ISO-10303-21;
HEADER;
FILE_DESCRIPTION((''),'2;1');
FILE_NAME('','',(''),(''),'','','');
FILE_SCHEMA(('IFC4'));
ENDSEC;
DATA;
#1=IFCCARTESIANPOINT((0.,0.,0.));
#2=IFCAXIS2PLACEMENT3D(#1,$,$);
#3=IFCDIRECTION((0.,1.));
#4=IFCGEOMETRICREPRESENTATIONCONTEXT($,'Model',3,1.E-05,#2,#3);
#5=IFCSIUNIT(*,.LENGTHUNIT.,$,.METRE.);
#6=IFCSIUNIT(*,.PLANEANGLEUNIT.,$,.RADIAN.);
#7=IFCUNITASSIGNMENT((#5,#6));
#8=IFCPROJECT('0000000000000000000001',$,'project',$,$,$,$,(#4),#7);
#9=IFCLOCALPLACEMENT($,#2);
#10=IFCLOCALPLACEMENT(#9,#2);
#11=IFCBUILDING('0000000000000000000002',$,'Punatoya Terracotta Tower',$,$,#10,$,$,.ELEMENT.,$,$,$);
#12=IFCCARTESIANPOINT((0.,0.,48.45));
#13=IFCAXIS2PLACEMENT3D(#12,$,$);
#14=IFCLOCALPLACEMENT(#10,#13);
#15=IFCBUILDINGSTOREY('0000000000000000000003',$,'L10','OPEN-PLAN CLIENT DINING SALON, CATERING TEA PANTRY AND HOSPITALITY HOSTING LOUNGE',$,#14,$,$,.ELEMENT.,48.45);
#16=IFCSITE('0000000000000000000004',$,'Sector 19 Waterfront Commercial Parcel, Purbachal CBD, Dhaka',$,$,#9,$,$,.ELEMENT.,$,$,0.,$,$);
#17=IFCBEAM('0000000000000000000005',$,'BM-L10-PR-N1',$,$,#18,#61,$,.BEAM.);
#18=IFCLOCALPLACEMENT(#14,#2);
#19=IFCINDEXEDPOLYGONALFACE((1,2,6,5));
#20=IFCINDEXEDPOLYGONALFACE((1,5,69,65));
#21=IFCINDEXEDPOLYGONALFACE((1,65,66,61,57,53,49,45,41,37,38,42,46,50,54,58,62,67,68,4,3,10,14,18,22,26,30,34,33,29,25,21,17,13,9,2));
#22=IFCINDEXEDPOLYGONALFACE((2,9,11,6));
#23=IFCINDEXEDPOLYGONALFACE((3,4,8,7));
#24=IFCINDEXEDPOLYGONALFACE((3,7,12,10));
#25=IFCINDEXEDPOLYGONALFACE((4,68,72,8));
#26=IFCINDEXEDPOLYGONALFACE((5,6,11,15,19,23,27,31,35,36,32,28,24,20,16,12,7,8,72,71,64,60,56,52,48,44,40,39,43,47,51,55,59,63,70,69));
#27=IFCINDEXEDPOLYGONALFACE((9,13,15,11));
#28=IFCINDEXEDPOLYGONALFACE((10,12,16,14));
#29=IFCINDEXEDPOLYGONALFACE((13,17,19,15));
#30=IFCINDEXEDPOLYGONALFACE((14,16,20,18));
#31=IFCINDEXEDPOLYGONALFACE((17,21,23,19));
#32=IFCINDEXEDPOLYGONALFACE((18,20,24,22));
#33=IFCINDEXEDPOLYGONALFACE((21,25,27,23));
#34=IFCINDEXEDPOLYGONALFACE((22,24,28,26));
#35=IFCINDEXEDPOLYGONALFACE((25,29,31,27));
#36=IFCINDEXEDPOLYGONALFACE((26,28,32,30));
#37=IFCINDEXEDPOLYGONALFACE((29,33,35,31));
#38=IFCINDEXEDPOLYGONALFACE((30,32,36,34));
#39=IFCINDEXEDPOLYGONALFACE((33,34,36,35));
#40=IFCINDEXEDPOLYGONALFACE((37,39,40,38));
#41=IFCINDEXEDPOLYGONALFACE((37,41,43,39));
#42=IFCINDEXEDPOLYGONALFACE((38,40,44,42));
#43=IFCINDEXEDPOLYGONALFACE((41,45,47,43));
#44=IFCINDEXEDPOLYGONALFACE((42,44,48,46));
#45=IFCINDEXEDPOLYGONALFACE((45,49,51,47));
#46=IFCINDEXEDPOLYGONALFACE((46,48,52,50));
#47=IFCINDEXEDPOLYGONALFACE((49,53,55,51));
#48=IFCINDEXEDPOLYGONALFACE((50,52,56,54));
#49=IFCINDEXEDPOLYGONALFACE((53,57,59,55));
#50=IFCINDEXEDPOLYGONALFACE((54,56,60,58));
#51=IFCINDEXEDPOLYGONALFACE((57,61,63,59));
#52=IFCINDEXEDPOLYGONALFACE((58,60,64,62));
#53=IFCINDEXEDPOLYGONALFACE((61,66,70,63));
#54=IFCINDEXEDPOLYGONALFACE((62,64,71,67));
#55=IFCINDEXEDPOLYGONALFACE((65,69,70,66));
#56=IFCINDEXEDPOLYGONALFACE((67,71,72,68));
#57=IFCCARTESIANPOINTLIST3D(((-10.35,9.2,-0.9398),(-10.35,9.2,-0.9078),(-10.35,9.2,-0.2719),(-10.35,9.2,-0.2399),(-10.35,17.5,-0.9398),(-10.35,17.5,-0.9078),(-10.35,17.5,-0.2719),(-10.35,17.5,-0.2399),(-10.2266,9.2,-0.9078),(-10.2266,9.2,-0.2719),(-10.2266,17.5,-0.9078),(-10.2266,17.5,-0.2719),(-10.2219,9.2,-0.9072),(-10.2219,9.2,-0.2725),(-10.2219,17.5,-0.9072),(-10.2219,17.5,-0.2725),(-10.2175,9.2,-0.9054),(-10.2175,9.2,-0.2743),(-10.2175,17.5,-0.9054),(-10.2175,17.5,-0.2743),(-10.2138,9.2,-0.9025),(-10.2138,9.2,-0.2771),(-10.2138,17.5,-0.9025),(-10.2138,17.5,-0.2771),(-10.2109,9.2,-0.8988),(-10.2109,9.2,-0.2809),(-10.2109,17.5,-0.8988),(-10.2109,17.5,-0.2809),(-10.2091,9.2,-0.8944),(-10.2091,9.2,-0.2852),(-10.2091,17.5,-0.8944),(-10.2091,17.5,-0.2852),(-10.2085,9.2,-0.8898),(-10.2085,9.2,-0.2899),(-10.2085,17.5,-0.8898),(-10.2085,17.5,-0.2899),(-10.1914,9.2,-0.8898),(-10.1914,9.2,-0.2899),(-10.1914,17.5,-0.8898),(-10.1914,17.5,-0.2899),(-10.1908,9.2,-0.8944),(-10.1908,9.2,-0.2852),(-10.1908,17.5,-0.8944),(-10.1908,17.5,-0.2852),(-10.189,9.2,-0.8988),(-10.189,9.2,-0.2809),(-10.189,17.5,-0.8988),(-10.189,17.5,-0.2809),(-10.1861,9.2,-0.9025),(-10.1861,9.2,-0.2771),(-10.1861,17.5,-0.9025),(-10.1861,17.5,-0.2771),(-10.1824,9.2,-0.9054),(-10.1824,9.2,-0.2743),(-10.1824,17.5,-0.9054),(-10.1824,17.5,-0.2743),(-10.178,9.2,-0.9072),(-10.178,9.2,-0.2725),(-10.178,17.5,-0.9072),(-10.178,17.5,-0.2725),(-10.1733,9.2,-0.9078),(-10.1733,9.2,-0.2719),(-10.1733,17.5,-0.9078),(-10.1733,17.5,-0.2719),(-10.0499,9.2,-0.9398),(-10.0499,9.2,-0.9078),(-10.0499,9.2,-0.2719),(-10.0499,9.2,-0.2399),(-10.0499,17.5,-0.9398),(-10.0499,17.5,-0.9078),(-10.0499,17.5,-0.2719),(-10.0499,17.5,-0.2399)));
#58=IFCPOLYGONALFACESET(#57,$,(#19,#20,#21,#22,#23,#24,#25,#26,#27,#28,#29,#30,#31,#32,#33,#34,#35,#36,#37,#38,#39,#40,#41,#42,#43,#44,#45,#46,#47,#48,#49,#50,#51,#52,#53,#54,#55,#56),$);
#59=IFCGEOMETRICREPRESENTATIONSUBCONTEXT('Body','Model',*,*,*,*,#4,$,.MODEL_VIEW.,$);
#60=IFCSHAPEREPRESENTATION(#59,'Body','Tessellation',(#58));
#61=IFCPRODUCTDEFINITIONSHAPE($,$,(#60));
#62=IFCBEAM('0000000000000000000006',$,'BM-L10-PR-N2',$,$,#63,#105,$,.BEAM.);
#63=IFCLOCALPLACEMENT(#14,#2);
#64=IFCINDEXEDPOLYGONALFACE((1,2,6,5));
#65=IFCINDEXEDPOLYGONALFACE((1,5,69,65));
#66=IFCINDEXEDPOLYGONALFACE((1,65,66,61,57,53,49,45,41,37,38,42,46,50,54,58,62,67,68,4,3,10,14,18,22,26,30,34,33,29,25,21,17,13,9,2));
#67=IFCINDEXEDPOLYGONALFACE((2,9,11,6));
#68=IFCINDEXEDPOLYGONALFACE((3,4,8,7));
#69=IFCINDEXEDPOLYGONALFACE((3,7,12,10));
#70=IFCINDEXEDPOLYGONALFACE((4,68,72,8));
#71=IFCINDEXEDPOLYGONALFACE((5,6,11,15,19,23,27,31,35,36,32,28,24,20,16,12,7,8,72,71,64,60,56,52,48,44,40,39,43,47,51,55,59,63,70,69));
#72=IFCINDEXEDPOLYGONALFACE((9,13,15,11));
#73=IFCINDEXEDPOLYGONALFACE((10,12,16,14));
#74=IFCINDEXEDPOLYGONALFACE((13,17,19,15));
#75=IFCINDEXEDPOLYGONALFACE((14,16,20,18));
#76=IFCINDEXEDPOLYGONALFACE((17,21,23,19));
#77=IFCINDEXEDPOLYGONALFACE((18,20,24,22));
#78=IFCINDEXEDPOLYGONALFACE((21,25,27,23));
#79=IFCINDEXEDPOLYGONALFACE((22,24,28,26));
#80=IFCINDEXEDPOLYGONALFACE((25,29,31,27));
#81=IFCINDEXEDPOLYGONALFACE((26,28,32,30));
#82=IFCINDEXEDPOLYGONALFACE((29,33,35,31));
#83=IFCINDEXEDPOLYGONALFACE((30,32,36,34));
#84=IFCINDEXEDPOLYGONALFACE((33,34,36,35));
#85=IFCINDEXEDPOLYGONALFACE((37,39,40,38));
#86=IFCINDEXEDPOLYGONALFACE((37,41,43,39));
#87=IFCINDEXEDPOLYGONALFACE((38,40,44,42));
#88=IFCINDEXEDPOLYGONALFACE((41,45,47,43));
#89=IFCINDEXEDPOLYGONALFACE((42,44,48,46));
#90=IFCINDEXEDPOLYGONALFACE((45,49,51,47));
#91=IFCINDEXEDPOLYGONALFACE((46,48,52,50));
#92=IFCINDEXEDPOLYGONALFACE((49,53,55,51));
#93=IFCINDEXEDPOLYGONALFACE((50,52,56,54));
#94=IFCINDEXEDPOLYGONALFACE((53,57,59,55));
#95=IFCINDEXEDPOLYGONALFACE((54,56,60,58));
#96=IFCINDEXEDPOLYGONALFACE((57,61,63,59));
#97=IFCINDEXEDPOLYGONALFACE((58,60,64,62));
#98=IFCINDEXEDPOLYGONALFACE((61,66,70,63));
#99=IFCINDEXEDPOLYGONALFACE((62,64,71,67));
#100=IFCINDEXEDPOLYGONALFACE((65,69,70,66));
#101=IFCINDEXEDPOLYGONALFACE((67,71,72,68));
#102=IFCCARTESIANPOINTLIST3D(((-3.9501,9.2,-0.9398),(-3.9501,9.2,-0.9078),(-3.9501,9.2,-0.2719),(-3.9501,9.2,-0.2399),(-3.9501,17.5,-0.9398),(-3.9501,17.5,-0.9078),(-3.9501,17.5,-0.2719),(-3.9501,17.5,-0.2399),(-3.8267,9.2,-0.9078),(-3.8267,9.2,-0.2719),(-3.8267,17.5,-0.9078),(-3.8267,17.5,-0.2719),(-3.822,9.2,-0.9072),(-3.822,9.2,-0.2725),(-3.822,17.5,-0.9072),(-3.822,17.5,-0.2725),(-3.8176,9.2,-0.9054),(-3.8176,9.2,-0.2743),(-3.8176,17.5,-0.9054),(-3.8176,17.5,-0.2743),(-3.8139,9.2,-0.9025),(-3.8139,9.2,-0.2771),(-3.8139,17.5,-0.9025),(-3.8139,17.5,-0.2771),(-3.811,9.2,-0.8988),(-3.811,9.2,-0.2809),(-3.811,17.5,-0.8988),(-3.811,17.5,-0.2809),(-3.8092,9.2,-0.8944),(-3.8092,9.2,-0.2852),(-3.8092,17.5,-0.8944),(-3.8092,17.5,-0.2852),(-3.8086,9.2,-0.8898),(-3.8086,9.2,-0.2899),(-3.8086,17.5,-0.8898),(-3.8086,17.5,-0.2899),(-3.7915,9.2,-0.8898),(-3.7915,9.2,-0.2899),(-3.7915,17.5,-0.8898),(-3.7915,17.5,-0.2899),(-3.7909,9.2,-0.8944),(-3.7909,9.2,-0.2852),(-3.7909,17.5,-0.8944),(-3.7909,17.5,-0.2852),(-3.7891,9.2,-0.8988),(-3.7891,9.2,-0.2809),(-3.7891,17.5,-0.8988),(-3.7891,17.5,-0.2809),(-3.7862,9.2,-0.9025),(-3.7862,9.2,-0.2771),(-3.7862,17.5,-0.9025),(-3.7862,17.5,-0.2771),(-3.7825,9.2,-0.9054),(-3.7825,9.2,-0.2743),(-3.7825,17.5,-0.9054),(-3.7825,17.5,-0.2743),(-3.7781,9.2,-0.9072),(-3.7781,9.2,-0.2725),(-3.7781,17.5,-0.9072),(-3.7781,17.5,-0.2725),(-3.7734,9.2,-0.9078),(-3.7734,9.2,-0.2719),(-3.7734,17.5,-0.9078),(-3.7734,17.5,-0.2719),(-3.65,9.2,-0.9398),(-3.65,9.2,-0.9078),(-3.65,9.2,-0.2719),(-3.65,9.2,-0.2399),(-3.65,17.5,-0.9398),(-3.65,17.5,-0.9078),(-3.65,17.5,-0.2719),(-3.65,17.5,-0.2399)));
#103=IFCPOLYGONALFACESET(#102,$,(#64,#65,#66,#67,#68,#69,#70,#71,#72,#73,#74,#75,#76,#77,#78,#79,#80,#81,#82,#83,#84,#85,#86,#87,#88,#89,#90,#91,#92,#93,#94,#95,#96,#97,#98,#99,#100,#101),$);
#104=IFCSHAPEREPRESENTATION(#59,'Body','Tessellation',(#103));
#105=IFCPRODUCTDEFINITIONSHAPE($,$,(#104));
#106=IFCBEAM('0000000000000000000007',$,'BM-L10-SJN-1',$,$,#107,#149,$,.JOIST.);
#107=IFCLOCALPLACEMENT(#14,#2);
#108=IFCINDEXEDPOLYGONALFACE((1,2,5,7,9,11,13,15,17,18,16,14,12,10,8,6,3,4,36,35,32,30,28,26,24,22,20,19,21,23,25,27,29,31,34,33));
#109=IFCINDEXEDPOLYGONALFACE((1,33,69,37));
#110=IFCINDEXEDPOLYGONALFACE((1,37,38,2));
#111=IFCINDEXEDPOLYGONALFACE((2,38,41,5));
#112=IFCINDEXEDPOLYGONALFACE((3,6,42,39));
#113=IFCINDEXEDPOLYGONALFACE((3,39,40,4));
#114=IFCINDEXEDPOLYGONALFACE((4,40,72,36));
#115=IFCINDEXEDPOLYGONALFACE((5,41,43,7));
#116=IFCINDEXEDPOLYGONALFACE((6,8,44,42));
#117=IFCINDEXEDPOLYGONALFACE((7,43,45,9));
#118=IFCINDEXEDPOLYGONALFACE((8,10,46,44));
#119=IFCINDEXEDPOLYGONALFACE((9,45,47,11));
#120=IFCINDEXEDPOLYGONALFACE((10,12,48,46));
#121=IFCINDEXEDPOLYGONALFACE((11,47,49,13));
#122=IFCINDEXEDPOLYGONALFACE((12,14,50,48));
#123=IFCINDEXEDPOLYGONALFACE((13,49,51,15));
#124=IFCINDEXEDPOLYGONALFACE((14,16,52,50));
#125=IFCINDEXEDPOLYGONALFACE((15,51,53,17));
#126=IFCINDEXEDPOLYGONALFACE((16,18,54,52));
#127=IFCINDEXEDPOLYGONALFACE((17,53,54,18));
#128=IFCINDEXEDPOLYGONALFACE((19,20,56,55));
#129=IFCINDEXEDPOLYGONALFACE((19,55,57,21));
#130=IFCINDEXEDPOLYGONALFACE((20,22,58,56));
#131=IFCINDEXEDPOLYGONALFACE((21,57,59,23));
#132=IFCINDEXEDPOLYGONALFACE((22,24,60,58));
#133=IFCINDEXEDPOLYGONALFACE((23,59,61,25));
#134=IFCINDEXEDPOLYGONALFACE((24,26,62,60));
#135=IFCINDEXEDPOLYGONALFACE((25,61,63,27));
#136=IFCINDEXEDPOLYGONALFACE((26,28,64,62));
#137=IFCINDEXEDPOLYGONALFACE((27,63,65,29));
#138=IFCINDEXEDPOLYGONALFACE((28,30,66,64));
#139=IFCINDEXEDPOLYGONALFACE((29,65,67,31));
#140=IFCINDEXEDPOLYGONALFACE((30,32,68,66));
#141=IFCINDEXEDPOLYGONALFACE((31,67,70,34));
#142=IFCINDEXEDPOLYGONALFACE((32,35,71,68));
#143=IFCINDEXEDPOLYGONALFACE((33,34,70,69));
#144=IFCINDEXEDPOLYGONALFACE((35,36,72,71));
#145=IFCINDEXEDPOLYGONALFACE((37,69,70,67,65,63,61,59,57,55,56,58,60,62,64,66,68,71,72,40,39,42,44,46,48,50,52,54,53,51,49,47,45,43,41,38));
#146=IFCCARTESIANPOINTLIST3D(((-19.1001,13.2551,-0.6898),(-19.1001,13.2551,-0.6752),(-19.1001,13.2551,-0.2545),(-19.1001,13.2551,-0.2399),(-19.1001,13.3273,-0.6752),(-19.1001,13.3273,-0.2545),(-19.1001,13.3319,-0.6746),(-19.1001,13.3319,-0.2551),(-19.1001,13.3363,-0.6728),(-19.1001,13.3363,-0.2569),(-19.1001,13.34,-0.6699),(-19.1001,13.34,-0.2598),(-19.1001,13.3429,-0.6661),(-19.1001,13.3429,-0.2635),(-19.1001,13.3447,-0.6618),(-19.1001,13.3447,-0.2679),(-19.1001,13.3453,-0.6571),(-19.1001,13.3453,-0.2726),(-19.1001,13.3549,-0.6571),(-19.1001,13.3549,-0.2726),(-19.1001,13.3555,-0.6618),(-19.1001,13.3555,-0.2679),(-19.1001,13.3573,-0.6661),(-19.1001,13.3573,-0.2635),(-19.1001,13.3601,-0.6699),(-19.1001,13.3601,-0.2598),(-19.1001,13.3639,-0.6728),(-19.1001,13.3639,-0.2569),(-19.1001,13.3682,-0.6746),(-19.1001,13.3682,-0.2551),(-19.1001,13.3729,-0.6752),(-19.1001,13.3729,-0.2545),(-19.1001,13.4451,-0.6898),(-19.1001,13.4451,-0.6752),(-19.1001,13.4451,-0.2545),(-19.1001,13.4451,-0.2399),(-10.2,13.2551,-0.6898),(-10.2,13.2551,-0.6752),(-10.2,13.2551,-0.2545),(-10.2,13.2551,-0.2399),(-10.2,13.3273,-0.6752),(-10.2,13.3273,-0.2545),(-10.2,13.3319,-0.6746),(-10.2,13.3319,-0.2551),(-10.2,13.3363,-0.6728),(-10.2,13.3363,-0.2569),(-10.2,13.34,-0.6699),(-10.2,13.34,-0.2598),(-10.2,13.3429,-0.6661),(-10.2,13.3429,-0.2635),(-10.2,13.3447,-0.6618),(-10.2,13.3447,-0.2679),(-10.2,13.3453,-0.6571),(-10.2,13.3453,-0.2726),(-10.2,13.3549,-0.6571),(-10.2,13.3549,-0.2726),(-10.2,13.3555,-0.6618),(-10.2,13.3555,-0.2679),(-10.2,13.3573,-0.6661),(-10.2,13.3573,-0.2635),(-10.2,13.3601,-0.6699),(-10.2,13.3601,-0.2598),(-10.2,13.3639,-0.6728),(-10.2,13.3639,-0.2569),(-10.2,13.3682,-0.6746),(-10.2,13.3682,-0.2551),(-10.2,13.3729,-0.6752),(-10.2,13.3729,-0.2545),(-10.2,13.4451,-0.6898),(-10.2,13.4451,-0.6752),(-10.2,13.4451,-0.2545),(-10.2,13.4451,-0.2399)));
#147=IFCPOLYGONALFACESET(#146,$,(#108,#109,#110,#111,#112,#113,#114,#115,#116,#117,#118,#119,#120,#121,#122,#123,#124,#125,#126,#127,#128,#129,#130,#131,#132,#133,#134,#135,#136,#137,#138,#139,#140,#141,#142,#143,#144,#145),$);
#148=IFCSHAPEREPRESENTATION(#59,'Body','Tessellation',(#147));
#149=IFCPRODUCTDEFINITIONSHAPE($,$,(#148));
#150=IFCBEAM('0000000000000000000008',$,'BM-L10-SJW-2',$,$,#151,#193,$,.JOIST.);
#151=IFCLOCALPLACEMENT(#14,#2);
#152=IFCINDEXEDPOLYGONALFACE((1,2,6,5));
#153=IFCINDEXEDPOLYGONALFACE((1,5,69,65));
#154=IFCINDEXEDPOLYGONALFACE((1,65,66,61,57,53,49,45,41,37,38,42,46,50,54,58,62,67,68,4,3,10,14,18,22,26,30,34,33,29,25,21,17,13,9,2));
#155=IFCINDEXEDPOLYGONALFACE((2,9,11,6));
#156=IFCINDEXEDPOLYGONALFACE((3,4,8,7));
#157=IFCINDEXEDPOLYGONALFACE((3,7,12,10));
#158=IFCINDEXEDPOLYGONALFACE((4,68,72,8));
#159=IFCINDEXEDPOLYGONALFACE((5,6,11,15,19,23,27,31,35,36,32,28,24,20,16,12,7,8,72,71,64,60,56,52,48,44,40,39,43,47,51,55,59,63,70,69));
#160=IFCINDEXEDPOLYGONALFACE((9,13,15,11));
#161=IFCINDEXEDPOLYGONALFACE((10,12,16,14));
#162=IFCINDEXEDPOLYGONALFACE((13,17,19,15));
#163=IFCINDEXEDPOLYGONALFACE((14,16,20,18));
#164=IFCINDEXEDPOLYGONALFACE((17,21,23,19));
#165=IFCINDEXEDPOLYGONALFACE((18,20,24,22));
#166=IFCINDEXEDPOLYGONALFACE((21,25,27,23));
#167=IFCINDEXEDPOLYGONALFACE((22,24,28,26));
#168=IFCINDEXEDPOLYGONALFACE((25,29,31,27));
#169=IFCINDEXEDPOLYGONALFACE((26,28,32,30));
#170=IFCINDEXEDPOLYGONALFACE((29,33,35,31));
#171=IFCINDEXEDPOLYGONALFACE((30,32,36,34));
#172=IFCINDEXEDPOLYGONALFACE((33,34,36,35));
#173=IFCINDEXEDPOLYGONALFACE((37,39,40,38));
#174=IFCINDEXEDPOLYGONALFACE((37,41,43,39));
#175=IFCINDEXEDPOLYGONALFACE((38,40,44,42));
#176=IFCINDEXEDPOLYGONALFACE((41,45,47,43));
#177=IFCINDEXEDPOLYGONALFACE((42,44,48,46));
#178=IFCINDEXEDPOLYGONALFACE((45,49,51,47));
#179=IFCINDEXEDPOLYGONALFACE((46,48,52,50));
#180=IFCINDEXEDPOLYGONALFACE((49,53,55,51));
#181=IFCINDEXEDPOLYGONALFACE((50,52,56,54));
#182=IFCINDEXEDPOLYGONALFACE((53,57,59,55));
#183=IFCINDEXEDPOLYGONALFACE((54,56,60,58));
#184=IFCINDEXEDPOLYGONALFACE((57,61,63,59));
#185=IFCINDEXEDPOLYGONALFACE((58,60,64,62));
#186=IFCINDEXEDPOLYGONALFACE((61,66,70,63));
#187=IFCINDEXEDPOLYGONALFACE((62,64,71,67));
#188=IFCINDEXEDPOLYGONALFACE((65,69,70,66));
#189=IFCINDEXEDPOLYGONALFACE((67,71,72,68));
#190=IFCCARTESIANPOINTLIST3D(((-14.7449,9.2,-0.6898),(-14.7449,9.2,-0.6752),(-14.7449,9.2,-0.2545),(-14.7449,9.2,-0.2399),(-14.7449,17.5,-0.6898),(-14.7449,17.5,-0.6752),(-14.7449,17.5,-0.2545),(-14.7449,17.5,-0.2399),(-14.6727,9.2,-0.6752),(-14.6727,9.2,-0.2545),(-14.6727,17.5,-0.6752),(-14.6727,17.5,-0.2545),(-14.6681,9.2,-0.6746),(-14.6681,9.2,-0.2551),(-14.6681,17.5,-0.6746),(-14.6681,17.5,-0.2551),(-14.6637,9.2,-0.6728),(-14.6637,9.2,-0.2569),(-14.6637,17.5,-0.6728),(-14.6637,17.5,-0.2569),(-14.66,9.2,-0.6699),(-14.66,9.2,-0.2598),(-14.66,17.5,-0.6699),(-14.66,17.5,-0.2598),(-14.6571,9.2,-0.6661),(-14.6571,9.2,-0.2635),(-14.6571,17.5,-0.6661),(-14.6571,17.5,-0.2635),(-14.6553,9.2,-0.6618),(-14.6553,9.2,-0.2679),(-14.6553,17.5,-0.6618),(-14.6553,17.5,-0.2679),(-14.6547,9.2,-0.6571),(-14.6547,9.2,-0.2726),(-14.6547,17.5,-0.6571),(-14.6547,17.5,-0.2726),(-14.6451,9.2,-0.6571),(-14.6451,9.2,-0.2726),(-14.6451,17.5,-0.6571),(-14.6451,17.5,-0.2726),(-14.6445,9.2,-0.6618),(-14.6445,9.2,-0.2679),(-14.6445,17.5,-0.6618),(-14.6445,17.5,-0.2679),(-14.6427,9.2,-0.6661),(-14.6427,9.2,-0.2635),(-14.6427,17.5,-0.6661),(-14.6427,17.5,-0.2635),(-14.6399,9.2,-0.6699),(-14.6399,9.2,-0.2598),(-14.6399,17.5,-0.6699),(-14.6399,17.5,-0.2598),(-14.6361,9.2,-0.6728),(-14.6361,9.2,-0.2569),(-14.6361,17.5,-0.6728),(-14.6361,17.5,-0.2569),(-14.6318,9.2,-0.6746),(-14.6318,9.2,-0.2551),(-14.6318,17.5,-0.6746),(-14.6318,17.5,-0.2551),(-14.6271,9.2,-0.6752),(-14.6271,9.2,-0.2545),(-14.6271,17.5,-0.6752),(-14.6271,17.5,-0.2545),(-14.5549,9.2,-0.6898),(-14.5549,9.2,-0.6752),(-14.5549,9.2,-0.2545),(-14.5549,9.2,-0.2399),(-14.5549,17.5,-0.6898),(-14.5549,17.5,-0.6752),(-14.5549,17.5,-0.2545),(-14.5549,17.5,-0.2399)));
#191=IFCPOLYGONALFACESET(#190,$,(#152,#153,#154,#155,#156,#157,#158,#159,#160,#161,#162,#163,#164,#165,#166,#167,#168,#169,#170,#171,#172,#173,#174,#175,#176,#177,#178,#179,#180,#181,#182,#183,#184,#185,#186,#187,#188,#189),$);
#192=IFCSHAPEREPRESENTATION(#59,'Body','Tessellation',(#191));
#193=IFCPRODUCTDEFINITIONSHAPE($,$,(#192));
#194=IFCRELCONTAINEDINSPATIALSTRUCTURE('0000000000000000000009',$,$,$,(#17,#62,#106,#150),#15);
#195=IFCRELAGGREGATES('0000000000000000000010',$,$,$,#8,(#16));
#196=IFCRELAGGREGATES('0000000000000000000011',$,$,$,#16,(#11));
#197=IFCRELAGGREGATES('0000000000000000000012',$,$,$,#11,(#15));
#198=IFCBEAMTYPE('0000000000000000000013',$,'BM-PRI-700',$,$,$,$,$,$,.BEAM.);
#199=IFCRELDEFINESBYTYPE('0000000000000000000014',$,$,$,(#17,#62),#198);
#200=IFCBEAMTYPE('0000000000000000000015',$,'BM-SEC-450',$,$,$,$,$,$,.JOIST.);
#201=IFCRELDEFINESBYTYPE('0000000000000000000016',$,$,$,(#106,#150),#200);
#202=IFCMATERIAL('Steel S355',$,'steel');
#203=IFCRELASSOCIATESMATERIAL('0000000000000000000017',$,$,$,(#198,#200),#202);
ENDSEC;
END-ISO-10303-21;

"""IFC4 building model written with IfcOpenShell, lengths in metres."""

from ifc_helpers import new_model, si_unit, direction, frame, origin, origin_2d, place, context, subcontext, project, spatial, i_section, extrude, material, material_profile, profile_set, type_object, element, save


model = new_model("IFC4")

# Units and contexts
model_context = context("Model", 3, precision=1e-05, world=origin(), true_north=direction((0.0, 1.0)))
body_context = subcontext(model_context, "Body", "Model", "MODEL_VIEW")
ifc_project = project(units=[si_unit("LENGTHUNIT", "METRE"), si_unit("PLANEANGLEUNIT", "RADIAN")], contexts=[model_context])

# Site, building, storey
site_placement = place(None, origin())
site = spatial("IfcSite", under=ifc_project, at=site_placement, Name="Sector 19 Waterfront Commercial Parcel, Purbachal CBD, Dhaka", CompositionType="ELEMENT", RefElevation=0.0)
building_placement = place(site_placement, origin())
building = spatial("IfcBuilding", under=site, at=building_placement, Name="Punatoya Terracotta Tower", CompositionType="ELEMENT")
storey_placement = place(building_placement, frame((0.0, 0.0, 48.45)))
storey = spatial("IfcBuildingStorey", under=building, at=storey_placement, Name="L10", Description="OPEN-PLAN CLIENT DINING SALON, CATERING TEA PANTRY AND HOSPITALITY HOSTING LOUNGE", CompositionType="ELEMENT", Elevation=48.45)

# Beams
ifc_material_1 = material(Name="Steel S355", Category="steel")
ifc_material_profile_1 = material_profile(ifc_material_1, i_section(OverallWidth=0.3, OverallDepth=0.7, WebThickness=0.0171, FlangeThickness=0.032, FilletRadius=0.0181, at=origin_2d()))
ifc_profile_set_1 = profile_set([ifc_material_profile_1], Name="Steel S355")
beam_type_1 = type_object("IfcBeamType", Name="BM-PRI-700", PredefinedType="BEAM", material=ifc_profile_set_1)
for number, where, z_axis, x_axis, name in (
    (1, (-10.2, 9.2, -0.5898), (0.0, 1.0, 0.0), (-1.0, 0.0, 0.0), "BM-L10-PR-N1"),
    (2, (-3.8, 9.2, -0.5898), (0.0, 1.0, 0.0), (-1.0, 0.0, 0.0), "BM-L10-PR-N2"),
):
    element("IfcBeam", number, at=place(storey_placement, frame(where, z_axis=z_axis, x_axis=x_axis)), inside=storey, type_object=beam_type_1, Name=name, PredefinedType="BEAM", context=body_context, shape_type="SweptSolid", body=[
        extrude(i_section(OverallWidth=0.3, OverallDepth=0.7, WebThickness=0.0171, FlangeThickness=0.032, FilletRadius=0.0181, at=origin_2d()), origin(), (0.0, 0.0, 1.0), 8.3),
    ])
ifc_material_profile_2 = material_profile(ifc_material_1, i_section(OverallWidth=0.1899, OverallDepth=0.45, WebThickness=0.0095, FlangeThickness=0.0146, FilletRadius=0.0181, at=origin_2d()))
ifc_profile_set_2 = profile_set([ifc_material_profile_2], Name="Steel S355")
beam_type_2 = type_object("IfcBeamType", Name="BM-SEC-450", PredefinedType="JOIST", material=ifc_profile_set_2)
beam_1_placement = place(storey_placement, frame((-19.1001, 13.3501, -0.4648), z_axis=(1.0, 0.0, 0.0), x_axis=(0.0, 1.0, 0.0)))
element("IfcBeam", 3, at=beam_1_placement, inside=storey, type_object=beam_type_2, Name="BM-L10-SJN-1", PredefinedType="JOIST", context=body_context, shape_type="SweptSolid", body=[
    extrude(i_section(OverallWidth=0.1899, OverallDepth=0.45, WebThickness=0.0095, FlangeThickness=0.0146, FilletRadius=0.0181, at=origin_2d()), origin(), (0.0, 0.0, 1.0), 8.9001),
])
beam_2_placement = place(storey_placement, frame((-14.6499, 9.2, -0.4648), z_axis=(0.0, 1.0, 0.0), x_axis=(-1.0, 0.0, 0.0)))
element("IfcBeam", 4, at=beam_2_placement, inside=storey, type_object=beam_type_2, Name="BM-L10-SJW-2", PredefinedType="JOIST", context=body_context, shape_type="SweptSolid", body=[
    extrude(i_section(OverallWidth=0.1899, OverallDepth=0.45, WebThickness=0.0095, FlangeThickness=0.0146, FilletRadius=0.0181, at=origin_2d()), origin(), (0.0, 0.0, 1.0), 8.3),
])

save(model, "model.ifc")
